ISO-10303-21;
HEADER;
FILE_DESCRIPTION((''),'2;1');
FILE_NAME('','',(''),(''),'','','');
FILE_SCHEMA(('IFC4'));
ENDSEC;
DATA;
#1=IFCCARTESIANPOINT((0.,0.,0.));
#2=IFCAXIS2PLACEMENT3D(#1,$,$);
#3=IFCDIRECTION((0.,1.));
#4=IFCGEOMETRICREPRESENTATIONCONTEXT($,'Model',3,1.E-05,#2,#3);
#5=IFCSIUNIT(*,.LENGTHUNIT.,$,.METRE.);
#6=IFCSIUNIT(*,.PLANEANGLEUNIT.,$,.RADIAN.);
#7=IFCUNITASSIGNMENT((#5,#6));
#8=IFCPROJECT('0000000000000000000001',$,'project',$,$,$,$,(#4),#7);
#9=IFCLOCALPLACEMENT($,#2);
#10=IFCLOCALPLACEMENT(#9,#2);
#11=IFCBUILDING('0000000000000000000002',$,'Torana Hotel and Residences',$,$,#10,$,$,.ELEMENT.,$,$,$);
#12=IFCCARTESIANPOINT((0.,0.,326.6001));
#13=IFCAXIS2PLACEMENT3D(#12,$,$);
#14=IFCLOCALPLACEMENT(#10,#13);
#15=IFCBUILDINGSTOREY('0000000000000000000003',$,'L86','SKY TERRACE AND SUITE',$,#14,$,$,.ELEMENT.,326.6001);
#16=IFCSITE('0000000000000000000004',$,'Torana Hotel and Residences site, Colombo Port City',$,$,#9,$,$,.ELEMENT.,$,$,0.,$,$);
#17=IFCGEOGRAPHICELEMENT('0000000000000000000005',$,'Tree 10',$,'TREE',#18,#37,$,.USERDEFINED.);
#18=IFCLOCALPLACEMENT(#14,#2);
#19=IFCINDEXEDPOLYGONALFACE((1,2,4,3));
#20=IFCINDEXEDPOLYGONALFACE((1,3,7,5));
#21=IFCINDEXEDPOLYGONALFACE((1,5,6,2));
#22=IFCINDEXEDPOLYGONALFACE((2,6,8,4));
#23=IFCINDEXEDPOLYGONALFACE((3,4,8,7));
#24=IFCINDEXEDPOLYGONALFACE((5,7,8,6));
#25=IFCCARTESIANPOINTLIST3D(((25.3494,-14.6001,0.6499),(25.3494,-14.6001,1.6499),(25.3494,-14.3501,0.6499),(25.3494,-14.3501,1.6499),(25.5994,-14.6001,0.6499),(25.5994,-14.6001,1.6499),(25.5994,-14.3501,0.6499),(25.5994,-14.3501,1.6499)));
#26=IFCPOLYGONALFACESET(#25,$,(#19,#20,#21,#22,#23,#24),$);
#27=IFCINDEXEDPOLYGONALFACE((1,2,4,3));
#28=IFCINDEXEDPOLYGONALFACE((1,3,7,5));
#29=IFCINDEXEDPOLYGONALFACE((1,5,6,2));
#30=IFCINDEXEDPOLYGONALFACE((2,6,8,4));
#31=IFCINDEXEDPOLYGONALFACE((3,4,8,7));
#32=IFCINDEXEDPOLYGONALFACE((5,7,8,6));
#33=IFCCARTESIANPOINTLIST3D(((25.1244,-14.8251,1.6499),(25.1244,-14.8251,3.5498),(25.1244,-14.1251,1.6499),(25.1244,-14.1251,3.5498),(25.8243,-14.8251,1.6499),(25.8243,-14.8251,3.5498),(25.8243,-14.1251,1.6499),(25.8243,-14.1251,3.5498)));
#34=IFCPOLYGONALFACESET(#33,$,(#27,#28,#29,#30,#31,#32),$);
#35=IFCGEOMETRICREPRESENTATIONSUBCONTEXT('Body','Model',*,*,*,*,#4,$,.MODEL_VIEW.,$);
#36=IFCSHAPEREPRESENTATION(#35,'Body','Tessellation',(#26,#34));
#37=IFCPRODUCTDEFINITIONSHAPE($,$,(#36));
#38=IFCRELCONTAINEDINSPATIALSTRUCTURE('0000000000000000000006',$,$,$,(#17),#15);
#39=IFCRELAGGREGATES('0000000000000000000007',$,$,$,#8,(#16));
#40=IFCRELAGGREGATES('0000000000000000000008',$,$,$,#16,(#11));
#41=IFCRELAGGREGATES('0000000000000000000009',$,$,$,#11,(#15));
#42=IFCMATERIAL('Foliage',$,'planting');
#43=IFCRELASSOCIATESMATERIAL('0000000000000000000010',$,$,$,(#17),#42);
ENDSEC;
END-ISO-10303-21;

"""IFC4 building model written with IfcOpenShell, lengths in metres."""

from ifc_helpers import new_model, si_unit, direction, frame, origin, origin_2d, place, context, subcontext, project, spatial, rectangle, extrude, material, element, save


model = new_model("IFC4")

# Units and contexts
model_context = context("Model", 3, precision=1e-05, world=origin(), true_north=direction((0.0, 1.0)))
body_context = subcontext(model_context, "Body", "Model", "MODEL_VIEW")
ifc_project = project(units=[si_unit("LENGTHUNIT", "METRE"), si_unit("PLANEANGLEUNIT", "RADIAN")], contexts=[model_context])

# Site, building, storey
site_placement = place(None, origin())
site = spatial("IfcSite", under=ifc_project, at=site_placement, Name="Torana Hotel and Residences site, Colombo Port City", CompositionType="ELEMENT", RefElevation=0.0)
building_placement = place(site_placement, origin())
building = spatial("IfcBuilding", under=site, at=building_placement, Name="Torana Hotel and Residences", CompositionType="ELEMENT")
storey_placement = place(building_placement, frame((0.0, 0.0, 326.6001)))
storey = spatial("IfcBuildingStorey", under=building, at=storey_placement, Name="L86", Description="SKY TERRACE AND SUITE", CompositionType="ELEMENT", Elevation=326.6001)

# Geographic element
ifc_material_1 = material(Name="Foliage", Category="planting")
geographic_element_placement = place(storey_placement, frame((25.4744, -14.4751, 0.6499), z_axis=(0.0, 0.0, 1.0), x_axis=(1.0, 0.0, 0.0)))
element("IfcGeographicElement", 1, at=geographic_element_placement, inside=storey, material=ifc_material_1, Name="Tree 10", ObjectType="TREE", PredefinedType="USERDEFINED", context=body_context, shape_type="SweptSolid", body=[
    extrude(rectangle(XDim=0.25, YDim=0.25, at=origin_2d()), origin(), (0.0, 0.0, 1.0), 1.0),
    extrude(rectangle(XDim=0.7, YDim=0.7, at=origin_2d()), frame((0.0, 0.0, 1.0)), (0.0, 0.0, 1.0), 1.8999),
])

save(model, "model.ifc")
